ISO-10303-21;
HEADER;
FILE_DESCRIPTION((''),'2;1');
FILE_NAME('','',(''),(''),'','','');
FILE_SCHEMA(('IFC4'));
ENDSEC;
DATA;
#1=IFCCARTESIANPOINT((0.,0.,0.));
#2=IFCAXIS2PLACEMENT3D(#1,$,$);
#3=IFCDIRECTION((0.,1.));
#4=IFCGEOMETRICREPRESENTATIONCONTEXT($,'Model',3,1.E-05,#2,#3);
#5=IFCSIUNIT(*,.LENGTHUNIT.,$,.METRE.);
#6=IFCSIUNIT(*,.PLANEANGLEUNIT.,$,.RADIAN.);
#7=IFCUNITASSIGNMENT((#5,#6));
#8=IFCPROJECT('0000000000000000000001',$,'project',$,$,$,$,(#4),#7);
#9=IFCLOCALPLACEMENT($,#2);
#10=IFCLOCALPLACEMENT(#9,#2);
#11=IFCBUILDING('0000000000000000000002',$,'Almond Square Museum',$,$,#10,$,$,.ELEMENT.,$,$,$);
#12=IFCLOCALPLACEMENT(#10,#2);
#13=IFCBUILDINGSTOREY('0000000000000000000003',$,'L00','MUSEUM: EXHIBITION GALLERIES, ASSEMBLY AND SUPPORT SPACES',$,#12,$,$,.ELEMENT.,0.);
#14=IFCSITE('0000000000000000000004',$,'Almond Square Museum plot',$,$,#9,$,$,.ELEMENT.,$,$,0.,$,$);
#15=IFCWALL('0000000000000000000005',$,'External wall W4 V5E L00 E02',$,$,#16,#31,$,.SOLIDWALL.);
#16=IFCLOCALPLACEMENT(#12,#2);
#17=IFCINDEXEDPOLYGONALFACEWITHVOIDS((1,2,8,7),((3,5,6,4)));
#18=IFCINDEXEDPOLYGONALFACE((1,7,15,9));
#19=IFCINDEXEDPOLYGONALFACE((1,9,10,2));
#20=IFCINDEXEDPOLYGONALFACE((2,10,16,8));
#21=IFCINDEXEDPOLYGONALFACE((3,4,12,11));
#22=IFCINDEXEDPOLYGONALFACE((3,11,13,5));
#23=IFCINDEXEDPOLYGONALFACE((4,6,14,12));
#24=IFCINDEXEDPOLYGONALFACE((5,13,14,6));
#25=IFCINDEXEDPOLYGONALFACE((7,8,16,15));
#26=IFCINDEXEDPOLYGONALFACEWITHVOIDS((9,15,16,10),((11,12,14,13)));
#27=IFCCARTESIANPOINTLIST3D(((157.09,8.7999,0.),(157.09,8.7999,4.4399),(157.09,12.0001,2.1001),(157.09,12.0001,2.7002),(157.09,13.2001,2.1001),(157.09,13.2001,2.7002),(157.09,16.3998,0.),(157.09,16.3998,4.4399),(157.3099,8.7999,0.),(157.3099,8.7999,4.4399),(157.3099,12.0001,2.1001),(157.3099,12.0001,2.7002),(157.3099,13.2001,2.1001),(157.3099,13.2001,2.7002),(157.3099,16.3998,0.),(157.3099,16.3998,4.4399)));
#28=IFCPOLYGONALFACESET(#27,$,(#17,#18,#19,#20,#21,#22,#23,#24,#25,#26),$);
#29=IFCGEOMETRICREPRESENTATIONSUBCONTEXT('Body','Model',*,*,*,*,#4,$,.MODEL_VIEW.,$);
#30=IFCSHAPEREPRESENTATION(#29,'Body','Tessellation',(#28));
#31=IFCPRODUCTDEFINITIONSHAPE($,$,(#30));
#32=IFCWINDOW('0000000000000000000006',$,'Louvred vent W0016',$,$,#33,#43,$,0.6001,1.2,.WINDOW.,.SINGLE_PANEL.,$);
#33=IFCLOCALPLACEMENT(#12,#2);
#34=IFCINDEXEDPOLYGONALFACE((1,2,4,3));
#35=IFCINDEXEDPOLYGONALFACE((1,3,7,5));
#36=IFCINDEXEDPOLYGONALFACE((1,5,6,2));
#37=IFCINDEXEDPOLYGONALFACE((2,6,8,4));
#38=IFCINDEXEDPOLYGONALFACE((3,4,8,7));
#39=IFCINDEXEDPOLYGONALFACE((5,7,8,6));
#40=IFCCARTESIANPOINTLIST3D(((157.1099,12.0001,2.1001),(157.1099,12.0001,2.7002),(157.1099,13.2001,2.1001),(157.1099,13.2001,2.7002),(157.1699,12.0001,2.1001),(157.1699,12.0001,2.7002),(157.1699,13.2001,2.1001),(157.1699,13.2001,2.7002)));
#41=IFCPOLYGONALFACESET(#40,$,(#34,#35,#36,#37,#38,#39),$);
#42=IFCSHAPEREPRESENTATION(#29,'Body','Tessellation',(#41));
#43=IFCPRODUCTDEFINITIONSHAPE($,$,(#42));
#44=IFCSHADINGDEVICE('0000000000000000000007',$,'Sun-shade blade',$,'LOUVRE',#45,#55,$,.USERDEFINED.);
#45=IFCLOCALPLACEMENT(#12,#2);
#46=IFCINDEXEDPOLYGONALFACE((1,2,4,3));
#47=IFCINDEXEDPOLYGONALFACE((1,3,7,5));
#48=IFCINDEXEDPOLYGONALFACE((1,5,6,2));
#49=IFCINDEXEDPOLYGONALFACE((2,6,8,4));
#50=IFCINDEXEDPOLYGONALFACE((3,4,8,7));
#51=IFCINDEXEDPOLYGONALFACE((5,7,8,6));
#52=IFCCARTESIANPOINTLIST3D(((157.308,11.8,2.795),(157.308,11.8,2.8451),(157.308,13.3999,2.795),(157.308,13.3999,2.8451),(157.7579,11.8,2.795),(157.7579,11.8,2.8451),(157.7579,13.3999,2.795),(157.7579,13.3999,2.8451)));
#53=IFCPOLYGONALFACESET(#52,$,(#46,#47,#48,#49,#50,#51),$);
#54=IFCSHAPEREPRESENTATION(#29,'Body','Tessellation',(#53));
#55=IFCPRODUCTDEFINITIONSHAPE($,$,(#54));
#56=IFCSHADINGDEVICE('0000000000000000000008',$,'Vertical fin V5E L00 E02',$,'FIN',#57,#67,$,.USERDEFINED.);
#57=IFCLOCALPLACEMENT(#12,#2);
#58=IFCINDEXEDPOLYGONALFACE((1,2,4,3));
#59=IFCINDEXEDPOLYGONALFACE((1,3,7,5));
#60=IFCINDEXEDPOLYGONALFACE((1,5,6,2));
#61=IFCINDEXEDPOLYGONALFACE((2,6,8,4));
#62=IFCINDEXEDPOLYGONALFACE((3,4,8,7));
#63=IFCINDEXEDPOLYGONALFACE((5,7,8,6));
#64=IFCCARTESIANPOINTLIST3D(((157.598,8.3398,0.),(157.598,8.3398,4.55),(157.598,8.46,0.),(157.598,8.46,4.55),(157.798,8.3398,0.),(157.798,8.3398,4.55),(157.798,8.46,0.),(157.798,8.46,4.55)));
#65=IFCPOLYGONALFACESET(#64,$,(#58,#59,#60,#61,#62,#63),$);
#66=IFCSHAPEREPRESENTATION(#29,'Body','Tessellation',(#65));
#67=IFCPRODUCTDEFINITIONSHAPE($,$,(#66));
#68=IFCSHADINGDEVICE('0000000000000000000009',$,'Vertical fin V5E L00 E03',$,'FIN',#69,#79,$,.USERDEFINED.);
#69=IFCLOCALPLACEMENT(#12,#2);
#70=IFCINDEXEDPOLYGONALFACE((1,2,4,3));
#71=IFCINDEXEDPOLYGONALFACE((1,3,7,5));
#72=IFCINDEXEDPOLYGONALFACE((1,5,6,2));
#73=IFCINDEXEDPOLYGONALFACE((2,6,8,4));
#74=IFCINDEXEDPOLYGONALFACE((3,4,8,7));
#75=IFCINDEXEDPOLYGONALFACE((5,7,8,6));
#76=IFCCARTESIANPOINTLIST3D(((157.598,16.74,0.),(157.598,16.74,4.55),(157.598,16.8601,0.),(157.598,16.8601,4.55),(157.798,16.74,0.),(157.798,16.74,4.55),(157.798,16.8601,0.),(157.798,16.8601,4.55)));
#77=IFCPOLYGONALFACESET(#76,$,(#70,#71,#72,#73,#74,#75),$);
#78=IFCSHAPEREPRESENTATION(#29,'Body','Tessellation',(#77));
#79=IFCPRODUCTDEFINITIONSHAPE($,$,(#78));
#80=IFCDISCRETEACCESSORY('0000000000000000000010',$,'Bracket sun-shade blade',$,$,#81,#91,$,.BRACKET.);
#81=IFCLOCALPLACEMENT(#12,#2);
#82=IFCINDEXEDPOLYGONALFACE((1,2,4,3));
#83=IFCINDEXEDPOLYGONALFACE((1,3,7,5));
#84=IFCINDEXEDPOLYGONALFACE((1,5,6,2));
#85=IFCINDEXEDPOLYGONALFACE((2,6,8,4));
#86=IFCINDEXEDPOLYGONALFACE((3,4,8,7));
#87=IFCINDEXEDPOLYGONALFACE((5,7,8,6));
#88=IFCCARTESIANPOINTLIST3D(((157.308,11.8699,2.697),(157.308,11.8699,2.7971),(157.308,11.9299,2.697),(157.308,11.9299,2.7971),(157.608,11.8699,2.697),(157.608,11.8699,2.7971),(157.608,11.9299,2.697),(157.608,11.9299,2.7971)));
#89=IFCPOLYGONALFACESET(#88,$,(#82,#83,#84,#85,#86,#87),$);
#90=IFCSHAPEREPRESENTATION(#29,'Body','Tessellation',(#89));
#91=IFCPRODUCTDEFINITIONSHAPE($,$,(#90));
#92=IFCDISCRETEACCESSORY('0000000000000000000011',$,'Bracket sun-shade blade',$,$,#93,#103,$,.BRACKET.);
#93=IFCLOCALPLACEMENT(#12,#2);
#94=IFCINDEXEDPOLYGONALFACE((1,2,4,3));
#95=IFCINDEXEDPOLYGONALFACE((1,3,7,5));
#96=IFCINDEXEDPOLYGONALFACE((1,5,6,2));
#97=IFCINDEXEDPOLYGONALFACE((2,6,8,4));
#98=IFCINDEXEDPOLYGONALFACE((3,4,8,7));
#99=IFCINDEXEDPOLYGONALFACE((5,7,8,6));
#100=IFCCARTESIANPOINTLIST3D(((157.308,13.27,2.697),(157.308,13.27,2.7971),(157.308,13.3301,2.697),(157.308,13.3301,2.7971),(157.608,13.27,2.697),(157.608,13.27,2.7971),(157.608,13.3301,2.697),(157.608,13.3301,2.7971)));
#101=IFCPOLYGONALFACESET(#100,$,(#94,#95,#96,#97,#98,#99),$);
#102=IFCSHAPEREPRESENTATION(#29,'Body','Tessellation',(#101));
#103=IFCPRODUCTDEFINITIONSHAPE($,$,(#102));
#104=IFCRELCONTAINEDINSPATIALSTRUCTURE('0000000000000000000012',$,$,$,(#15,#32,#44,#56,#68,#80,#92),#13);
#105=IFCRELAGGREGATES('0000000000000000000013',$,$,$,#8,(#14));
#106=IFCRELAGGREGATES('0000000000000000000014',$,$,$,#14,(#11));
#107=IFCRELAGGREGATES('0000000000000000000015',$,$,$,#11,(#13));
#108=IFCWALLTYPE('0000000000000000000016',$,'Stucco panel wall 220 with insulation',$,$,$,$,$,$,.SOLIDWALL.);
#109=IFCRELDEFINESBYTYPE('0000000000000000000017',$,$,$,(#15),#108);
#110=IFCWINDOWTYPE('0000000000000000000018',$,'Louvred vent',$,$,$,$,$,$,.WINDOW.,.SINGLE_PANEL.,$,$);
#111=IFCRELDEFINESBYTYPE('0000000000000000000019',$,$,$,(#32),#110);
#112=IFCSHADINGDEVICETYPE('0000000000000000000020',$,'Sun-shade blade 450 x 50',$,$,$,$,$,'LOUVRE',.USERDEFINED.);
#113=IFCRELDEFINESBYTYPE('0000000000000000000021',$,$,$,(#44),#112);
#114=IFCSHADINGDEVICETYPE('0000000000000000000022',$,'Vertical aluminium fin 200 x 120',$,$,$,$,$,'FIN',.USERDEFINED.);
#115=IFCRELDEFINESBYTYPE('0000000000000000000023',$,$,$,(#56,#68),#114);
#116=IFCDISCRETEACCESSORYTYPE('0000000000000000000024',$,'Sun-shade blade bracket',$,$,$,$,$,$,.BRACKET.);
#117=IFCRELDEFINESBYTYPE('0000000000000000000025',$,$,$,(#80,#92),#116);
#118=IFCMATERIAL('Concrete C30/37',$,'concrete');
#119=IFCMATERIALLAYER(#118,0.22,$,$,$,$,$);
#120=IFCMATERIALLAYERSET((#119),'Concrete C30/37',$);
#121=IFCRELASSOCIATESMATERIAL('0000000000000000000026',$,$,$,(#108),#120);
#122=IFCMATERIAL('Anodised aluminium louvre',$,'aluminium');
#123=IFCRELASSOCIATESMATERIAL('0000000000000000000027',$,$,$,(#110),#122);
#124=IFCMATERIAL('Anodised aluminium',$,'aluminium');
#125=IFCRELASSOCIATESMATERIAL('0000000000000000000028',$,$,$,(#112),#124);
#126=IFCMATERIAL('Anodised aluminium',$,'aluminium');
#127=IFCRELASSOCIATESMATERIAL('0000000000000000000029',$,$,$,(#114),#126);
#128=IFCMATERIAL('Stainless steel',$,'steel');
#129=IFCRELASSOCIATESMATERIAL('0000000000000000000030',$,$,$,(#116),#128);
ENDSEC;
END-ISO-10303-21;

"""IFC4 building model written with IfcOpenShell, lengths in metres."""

from ifc_helpers import new_model, si_unit, direction, frame, frame_2d, origin, origin_2d, place, context, subcontext, project, spatial, rectangle, extrude, material, layer, layer_set, material_profile, profile_set, type_object, element, fill, save


model = new_model("IFC4")

# Units and contexts
model_context = context("Model", 3, precision=1e-05, world=origin(), true_north=direction((0.0, 1.0)))
body_context = subcontext(model_context, "Body", "Model", "MODEL_VIEW")
ifc_project = project(units=[si_unit("LENGTHUNIT", "METRE"), si_unit("PLANEANGLEUNIT", "RADIAN")], contexts=[model_context])

# Site, building, storey
site_placement = place(None, origin())
site = spatial("IfcSite", under=ifc_project, at=site_placement, Name="Almond Square Museum plot", CompositionType="ELEMENT", RefElevation=0.0)
building_placement = place(site_placement, origin())
building = spatial("IfcBuilding", under=site, at=building_placement, Name="Almond Square Museum", CompositionType="ELEMENT")
storey_placement = place(building_placement, origin())
storey = spatial("IfcBuildingStorey", under=building, at=storey_placement, Name="L00", Description="MUSEUM: EXHIBITION GALLERIES, ASSEMBLY AND SUPPORT SPACES", CompositionType="ELEMENT", Elevation=0.0)

# Wall, opening, window
ifc_material_1 = material(Name="Concrete C30/37", Category="concrete")
ifc_layer = layer(ifc_material_1, 0.22)
ifc_layer_set = layer_set([ifc_layer], Name="Concrete C30/37")
wall_type = type_object("IfcWallType", Name="Stucco panel wall 220 with insulation", PredefinedType="SOLIDWALL", material=ifc_layer_set)
wall_placement = place(storey_placement, frame((157.2, 8.8, 0.0), z_axis=(0.0, 0.0, 1.0), x_axis=(0.0, 1.0, 0.0)))
wall = element("IfcWall", 1, at=wall_placement, inside=storey, type_object=wall_type, Name="External wall W4 V5E L00 E02", PredefinedType="SOLIDWALL", context=body_context, shape_type="SweptSolid", body=[
    extrude(rectangle(XDim=7.5999, YDim=0.22, at=frame_2d((3.7998, 0.0))), origin(), (0.0, 0.0, 1.0), 4.4399),
])
opening_placement = place(wall_placement, frame((3.2, 0.0, 2.1001)))
opening = element("IfcOpeningElement", 2, at=opening_placement, cuts=wall, PredefinedType="OPENING", context=body_context, shape_type="SweptSolid", body=[
    extrude(rectangle(XDim=1.2, YDim=0.6001, at=frame_2d((0.6001, 0.3))), frame((0.0, 0.1199, 0.0), z_axis=(0.0, -1.0, 0.0), x_axis=(1.0, 0.0, 0.0)), (0.0, 0.0, 1.0), 0.24),
])
ifc_material_2 = material(Name="Anodised aluminium louvre", Category="aluminium")
window_type = type_object("IfcWindowType", Name="Louvred vent", PartitioningType="SINGLE_PANEL", PredefinedType="WINDOW", material=ifc_material_2)
window_placement = place(opening_placement, origin())
window = element("IfcWindow", 3, at=window_placement, inside=storey, type_object=window_type, Name="Louvred vent W0016", OverallHeight=0.6001, OverallWidth=1.2, PartitioningType="SINGLE_PANEL", PredefinedType="WINDOW", context=body_context, shape_type="SweptSolid", body=[
    extrude(rectangle(XDim=1.2, YDim=0.6001, at=frame_2d((0.6001, 0.3))), frame((0.0, 0.0901, 0.0), z_axis=(0.0, -1.0, 0.0), x_axis=(1.0, 0.0, 0.0)), (0.0, 0.0, 1.0), 0.0601),
])
fill(opening, window)

# Shading devices
ifc_material_3 = material(Name="Anodised aluminium", Category="aluminium")
ifc_material_profile_1 = material_profile(ifc_material_3, rectangle(XDim=0.45, YDim=0.05, at=origin_2d()))
ifc_profile_set_1 = profile_set([ifc_material_profile_1], Name="Anodised aluminium")
shading_device_type_1 = type_object("IfcShadingDeviceType", Name="Sun-shade blade 450 x 50", ElementType="LOUVRE", PredefinedType="USERDEFINED", material=ifc_profile_set_1)
shading_device_placement = place(storey_placement, frame((157.533, 11.8, 2.8201), z_axis=(0.0, 1.0, 0.0), x_axis=(-1.0, 0.0, 0.0)))
element("IfcShadingDevice", 4, at=shading_device_placement, inside=storey, type_object=shading_device_type_1, Name="Sun-shade blade", ObjectType="LOUVRE", PredefinedType="USERDEFINED", context=body_context, shape_type="SweptSolid", body=[
    extrude(rectangle(XDim=0.45, YDim=0.05, at=origin_2d()), origin(), (0.0, 0.0, 1.0), 1.5999),
])
ifc_material_4 = material(Name="Anodised aluminium", Category="aluminium")
ifc_material_profile_2 = material_profile(ifc_material_4, rectangle(XDim=0.2, YDim=0.1201, at=origin_2d()))
ifc_profile_set_2 = profile_set([ifc_material_profile_2], Name="Anodised aluminium")
shading_device_type_2 = type_object("IfcShadingDeviceType", Name="Vertical aluminium fin 200 x 120", ElementType="FIN", PredefinedType="USERDEFINED", material=ifc_profile_set_2)
for number, where, z_axis, x_axis, name in (
    (5, (157.698, 8.3999, 0.0), (0.0, 0.0, 1.0), (1.0, 0.0, 0.0), "Vertical fin V5E L00 E02"),
    (6, (157.698, 16.8, 0.0), (0.0, 0.0, 1.0), (1.0, 0.0, 0.0), "Vertical fin V5E L00 E03"),
):
    element("IfcShadingDevice", number, at=place(storey_placement, frame(where, z_axis=z_axis, x_axis=x_axis)), inside=storey, type_object=shading_device_type_2, Name=name, ObjectType="FIN", PredefinedType="USERDEFINED", context=body_context, shape_type="SweptSolid", body=[
        extrude(rectangle(XDim=0.2, YDim=0.1201, at=origin_2d()), origin(), (0.0, 0.0, 1.0), 4.55),
    ])

# Discrete accessories
ifc_material_5 = material(Name="Stainless steel", Category="steel")
discrete_accessory_type = type_object("IfcDiscreteAccessoryType", Name="Sun-shade blade bracket", PredefinedType="BRACKET", material=ifc_material_5)
for number, where, z_axis, x_axis, name in (
    (7, (157.458, 11.8999, 2.697), (0.0, 0.0, 1.0), (1.0, 0.0, 0.0), "Bracket sun-shade blade"),
    (8, (157.458, 13.3, 2.697), (0.0, 0.0, 1.0), (1.0, 0.0, 0.0), "Bracket sun-shade blade"),
):
    element("IfcDiscreteAccessory", number, at=place(storey_placement, frame(where, z_axis=z_axis, x_axis=x_axis)), inside=storey, type_object=discrete_accessory_type, Name=name, PredefinedType="BRACKET", context=body_context, shape_type="SweptSolid", body=[
        extrude(rectangle(XDim=0.3, YDim=0.0601, at=origin_2d()), origin(), (0.0, 0.0, 1.0), 0.1001),
    ])

save(model, "model.ifc")
